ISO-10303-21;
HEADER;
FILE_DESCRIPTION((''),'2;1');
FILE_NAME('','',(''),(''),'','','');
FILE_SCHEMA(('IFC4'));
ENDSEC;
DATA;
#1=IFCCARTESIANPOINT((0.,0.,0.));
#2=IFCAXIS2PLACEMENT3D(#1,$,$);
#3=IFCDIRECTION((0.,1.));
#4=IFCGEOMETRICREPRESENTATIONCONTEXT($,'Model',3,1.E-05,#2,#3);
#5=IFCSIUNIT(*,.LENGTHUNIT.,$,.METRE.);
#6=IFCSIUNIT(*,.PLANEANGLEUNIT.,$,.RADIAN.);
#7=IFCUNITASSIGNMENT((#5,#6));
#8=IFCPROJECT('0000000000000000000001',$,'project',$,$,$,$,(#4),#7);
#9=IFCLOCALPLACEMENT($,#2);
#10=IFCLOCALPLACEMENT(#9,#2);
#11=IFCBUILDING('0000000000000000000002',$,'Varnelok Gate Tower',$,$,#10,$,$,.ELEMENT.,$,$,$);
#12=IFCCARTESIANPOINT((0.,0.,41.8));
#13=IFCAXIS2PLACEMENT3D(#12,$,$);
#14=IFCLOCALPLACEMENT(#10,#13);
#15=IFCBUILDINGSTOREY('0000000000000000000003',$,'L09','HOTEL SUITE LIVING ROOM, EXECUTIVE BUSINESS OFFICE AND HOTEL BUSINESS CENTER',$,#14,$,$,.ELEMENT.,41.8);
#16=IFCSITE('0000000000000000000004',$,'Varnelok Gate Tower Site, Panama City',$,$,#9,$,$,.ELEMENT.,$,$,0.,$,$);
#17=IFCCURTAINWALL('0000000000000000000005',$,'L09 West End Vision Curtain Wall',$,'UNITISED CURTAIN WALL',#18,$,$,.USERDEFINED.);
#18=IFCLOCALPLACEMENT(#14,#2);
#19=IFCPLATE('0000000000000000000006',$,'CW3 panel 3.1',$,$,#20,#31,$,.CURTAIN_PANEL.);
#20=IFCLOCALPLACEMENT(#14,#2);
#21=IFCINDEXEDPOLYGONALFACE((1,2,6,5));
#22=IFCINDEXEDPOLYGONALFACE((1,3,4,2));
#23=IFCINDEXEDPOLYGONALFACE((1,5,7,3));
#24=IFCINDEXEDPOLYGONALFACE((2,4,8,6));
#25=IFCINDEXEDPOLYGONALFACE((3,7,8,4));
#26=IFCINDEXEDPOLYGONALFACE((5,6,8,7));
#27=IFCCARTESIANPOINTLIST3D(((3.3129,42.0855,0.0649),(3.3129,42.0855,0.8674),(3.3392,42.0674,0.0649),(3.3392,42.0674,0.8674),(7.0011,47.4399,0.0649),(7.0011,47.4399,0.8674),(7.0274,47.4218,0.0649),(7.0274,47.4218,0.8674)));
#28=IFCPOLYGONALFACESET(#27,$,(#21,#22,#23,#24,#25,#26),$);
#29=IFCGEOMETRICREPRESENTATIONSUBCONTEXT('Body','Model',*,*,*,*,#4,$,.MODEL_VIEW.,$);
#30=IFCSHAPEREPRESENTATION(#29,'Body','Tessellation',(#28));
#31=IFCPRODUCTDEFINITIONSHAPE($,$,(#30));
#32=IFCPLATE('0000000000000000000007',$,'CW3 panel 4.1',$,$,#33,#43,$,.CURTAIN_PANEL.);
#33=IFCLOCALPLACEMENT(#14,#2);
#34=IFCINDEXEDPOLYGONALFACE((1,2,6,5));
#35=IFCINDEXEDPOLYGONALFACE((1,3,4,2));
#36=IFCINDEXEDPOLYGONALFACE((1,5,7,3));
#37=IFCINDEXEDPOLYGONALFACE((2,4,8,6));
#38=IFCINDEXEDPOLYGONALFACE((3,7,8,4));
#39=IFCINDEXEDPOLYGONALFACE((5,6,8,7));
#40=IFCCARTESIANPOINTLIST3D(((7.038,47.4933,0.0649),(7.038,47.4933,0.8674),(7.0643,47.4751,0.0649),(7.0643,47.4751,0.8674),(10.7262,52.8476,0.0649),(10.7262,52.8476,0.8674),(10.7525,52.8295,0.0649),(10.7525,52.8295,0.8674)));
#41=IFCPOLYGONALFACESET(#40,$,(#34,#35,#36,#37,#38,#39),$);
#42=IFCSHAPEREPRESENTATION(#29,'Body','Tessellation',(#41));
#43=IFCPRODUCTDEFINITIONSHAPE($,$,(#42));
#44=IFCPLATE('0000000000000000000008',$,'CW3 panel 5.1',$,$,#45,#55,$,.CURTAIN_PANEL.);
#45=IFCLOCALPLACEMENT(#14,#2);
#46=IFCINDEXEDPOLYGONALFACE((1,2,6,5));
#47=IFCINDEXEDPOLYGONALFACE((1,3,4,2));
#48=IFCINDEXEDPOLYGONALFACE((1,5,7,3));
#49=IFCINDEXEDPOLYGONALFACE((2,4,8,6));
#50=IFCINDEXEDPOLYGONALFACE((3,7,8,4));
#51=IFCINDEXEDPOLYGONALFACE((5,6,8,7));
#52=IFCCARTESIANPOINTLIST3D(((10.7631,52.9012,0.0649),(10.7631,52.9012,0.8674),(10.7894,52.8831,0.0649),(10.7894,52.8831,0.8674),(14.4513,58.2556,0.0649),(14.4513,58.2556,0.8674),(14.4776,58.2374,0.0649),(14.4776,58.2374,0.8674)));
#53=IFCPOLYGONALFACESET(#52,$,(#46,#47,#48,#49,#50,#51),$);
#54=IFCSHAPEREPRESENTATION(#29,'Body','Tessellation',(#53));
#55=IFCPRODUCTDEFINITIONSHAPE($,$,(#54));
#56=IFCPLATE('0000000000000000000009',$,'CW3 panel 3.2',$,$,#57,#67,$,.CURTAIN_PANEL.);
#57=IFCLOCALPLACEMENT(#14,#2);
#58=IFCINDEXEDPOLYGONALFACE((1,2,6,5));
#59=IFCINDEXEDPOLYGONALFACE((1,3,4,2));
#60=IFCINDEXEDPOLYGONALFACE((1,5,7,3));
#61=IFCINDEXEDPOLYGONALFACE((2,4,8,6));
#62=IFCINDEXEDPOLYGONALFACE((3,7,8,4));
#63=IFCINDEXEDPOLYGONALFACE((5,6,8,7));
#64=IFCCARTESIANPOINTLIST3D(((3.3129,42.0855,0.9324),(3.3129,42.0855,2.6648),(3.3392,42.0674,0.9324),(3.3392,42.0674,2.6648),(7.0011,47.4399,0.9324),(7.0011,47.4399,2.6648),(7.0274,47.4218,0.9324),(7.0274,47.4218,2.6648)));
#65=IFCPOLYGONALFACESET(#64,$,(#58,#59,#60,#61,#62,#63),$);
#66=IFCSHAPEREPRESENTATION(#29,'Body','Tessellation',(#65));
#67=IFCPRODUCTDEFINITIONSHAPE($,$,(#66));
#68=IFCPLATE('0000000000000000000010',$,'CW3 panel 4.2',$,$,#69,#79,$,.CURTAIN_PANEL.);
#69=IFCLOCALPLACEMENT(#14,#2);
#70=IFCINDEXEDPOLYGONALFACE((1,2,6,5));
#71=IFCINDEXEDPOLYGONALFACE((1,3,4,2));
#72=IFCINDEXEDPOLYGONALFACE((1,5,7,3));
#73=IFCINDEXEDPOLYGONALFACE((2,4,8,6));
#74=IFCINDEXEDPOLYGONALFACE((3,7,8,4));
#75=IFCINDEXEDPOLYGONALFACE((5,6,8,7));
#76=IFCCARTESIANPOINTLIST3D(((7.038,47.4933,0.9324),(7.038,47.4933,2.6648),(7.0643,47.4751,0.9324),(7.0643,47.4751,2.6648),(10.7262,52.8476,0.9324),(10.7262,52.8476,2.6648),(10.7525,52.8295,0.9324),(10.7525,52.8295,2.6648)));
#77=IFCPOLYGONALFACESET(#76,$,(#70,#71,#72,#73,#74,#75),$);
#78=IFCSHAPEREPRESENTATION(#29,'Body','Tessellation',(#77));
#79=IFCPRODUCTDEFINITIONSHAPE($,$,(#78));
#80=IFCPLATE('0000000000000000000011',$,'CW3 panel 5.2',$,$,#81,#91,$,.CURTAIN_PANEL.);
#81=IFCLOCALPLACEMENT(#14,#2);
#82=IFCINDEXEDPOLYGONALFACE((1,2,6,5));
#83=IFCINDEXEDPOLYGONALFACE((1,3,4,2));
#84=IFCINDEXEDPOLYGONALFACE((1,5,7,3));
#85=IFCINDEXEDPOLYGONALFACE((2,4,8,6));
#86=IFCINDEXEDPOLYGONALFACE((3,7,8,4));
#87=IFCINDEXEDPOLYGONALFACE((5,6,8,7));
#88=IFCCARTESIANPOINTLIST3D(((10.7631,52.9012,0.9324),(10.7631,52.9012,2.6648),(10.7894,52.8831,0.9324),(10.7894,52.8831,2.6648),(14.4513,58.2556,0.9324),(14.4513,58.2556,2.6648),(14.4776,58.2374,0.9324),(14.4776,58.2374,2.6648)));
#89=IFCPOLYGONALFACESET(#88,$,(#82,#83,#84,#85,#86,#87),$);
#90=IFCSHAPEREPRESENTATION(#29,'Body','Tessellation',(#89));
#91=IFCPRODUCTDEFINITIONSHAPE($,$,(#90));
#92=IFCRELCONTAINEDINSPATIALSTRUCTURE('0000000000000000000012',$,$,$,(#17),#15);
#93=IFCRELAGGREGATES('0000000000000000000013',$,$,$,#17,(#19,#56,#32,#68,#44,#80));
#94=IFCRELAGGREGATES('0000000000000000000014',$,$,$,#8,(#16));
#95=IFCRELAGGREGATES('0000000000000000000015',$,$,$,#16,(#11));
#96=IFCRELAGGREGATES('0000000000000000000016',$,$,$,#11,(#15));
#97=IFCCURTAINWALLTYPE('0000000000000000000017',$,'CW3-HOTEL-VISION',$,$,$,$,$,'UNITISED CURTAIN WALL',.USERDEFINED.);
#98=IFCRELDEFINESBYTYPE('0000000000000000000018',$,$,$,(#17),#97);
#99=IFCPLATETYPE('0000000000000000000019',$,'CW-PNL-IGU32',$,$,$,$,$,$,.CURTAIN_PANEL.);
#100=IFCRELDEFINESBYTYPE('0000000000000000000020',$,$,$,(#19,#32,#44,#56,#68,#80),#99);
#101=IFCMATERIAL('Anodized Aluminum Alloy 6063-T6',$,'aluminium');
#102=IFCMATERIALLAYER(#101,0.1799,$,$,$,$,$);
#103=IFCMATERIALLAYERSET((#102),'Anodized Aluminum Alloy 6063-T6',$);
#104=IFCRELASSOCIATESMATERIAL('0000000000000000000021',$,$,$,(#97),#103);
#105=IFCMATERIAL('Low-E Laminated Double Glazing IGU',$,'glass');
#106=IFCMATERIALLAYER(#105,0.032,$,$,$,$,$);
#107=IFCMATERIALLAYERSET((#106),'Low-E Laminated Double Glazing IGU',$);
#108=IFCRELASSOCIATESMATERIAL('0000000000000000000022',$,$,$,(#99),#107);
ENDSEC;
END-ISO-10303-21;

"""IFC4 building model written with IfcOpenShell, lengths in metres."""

from ifc_helpers import new_model, si_unit, direction, frame, origin, origin_2d, place, context, subcontext, project, spatial, rectangle, extrude, source, transform, mapped, material, layer, layer_set, type_object, element, aggregate, save


model = new_model("IFC4")

# Units and contexts
model_context = context("Model", 3, precision=1e-05, world=origin(), true_north=direction((0.0, 1.0)))
body_context = subcontext(model_context, "Body", "Model", "MODEL_VIEW")
ifc_project = project(units=[si_unit("LENGTHUNIT", "METRE"), si_unit("PLANEANGLEUNIT", "RADIAN")], contexts=[model_context])

# Site, building, storey
site_placement = place(None, origin())
site = spatial("IfcSite", under=ifc_project, at=site_placement, Name="Varnelok Gate Tower Site, Panama City", CompositionType="ELEMENT", RefElevation=0.0)
building_placement = place(site_placement, origin())
building = spatial("IfcBuilding", under=site, at=building_placement, Name="Varnelok Gate Tower", CompositionType="ELEMENT")
storey_placement = place(building_placement, frame((0.0, 0.0, 41.8)))
storey = spatial("IfcBuildingStorey", under=building, at=storey_placement, Name="L09", Description="HOTEL SUITE LIVING ROOM, EXECUTIVE BUSINESS OFFICE AND HOTEL BUSINESS CENTER", CompositionType="ELEMENT", Elevation=41.8)

# Curtain wall, plates
ifc_material_1 = material(Name="Anodized Aluminum Alloy 6063-T6", Category="aluminium")
ifc_layer_1 = layer(ifc_material_1, 0.1799)
ifc_layer_set_1 = layer_set([ifc_layer_1], Name="Anodized Aluminum Alloy 6063-T6")
curtain_wall_type = type_object("IfcCurtainWallType", Name="CW3-HOTEL-VISION", ElementType="UNITISED CURTAIN WALL", PredefinedType="USERDEFINED", material=ifc_layer_set_1)
curtain_wall_placement = place(storey_placement, origin())
curtain_wall = element("IfcCurtainWall", 1, at=curtain_wall_placement, inside=storey, type_object=curtain_wall_type, Name="L09 West End Vision Curtain Wall", ObjectType="UNITISED CURTAIN WALL", PredefinedType="USERDEFINED")
ifc_material_2 = material(Name="Low-E Laminated Double Glazing IGU", Category="glass")
ifc_layer_2 = layer(ifc_material_2, 0.032)
ifc_layer_set_2 = layer_set([ifc_layer_2], Name="Low-E Laminated Double Glazing IGU")
plate_type = type_object("IfcPlateType", Name="CW-PNL-IGU32", PredefinedType="CURTAIN_PANEL", material=ifc_layer_set_2)
shared_shape_1 = source(origin(), body_context, "Body", "SweptSolid", [
    extrude(rectangle(XDim=6.5017, YDim=0.032, at=origin_2d()), origin(), (0.0, 0.0, 1.0), 0.8025),
])
plate_1_placement = place(storey_placement, frame((5.1702, 44.7537, 0.0649), z_axis=(0.0, 0.0, 1.0), x_axis=(0.567269, 0.823533, 0.0)))
plate_1 = element("IfcPlate", 2, at=plate_1_placement, type_object=plate_type, Name="CW3 panel 3.1", PredefinedType="CURTAIN_PANEL", context=body_context, shape_type="MappedRepresentation", body=[
    mapped(shared_shape_1, transform((0.0, 0.0, 0.0), scale=1.0)),
])
plate_2_placement = place(storey_placement, frame((8.8953, 50.1614, 0.0649), z_axis=(0.0, 0.0, 1.0), x_axis=(0.567269, 0.823533, 0.0)))
plate_2 = element("IfcPlate", 3, at=plate_2_placement, type_object=plate_type, Name="CW3 panel 4.1", PredefinedType="CURTAIN_PANEL", context=body_context, shape_type="MappedRepresentation", body=[
    mapped(shared_shape_1, transform((0.0, 0.0, 0.0), scale=1.0)),
])
plate_3_placement = place(storey_placement, frame((12.6204, 55.5693, 0.0649), z_axis=(0.0, 0.0, 1.0), x_axis=(0.567269, 0.823533, 0.0)))
plate_3 = element("IfcPlate", 4, at=plate_3_placement, type_object=plate_type, Name="CW3 panel 5.1", PredefinedType="CURTAIN_PANEL", context=body_context, shape_type="MappedRepresentation", body=[
    mapped(shared_shape_1, transform((0.0, 0.0, 0.0), scale=1.0)),
])
shared_shape_2 = source(origin(), body_context, "Body", "SweptSolid", [
    extrude(rectangle(XDim=6.5017, YDim=0.032, at=origin_2d()), origin(), (0.0, 0.0, 1.0), 1.7324),
])
plate_4_placement = place(storey_placement, frame((5.1702, 44.7537, 0.9324), z_axis=(0.0, 0.0, 1.0), x_axis=(0.567269, 0.823533, 0.0)))
plate_4 = element("IfcPlate", 5, at=plate_4_placement, type_object=plate_type, Name="CW3 panel 3.2", PredefinedType="CURTAIN_PANEL", context=body_context, shape_type="MappedRepresentation", body=[
    mapped(shared_shape_2, transform((0.0, 0.0, 0.0), scale=1.0)),
])
plate_5_placement = place(storey_placement, frame((8.8953, 50.1614, 0.9324), z_axis=(0.0, 0.0, 1.0), x_axis=(0.567269, 0.823533, 0.0)))
plate_5 = element("IfcPlate", 6, at=plate_5_placement, type_object=plate_type, Name="CW3 panel 4.2", PredefinedType="CURTAIN_PANEL", context=body_context, shape_type="MappedRepresentation", body=[
    mapped(shared_shape_2, transform((0.0, 0.0, 0.0), scale=1.0)),
])
plate_6_placement = place(storey_placement, frame((12.6204, 55.5693, 0.9324), z_axis=(0.0, 0.0, 1.0), x_axis=(0.567269, 0.823533, 0.0)))
plate_6 = element("IfcPlate", 7, at=plate_6_placement, type_object=plate_type, Name="CW3 panel 5.2", PredefinedType="CURTAIN_PANEL", context=body_context, shape_type="MappedRepresentation", body=[
    mapped(shared_shape_2, transform((0.0, 0.0, 0.0), scale=1.0)),
])
aggregate(curtain_wall, [plate_1, plate_4, plate_2, plate_5, plate_3, plate_6])

save(model, "model.ifc")
